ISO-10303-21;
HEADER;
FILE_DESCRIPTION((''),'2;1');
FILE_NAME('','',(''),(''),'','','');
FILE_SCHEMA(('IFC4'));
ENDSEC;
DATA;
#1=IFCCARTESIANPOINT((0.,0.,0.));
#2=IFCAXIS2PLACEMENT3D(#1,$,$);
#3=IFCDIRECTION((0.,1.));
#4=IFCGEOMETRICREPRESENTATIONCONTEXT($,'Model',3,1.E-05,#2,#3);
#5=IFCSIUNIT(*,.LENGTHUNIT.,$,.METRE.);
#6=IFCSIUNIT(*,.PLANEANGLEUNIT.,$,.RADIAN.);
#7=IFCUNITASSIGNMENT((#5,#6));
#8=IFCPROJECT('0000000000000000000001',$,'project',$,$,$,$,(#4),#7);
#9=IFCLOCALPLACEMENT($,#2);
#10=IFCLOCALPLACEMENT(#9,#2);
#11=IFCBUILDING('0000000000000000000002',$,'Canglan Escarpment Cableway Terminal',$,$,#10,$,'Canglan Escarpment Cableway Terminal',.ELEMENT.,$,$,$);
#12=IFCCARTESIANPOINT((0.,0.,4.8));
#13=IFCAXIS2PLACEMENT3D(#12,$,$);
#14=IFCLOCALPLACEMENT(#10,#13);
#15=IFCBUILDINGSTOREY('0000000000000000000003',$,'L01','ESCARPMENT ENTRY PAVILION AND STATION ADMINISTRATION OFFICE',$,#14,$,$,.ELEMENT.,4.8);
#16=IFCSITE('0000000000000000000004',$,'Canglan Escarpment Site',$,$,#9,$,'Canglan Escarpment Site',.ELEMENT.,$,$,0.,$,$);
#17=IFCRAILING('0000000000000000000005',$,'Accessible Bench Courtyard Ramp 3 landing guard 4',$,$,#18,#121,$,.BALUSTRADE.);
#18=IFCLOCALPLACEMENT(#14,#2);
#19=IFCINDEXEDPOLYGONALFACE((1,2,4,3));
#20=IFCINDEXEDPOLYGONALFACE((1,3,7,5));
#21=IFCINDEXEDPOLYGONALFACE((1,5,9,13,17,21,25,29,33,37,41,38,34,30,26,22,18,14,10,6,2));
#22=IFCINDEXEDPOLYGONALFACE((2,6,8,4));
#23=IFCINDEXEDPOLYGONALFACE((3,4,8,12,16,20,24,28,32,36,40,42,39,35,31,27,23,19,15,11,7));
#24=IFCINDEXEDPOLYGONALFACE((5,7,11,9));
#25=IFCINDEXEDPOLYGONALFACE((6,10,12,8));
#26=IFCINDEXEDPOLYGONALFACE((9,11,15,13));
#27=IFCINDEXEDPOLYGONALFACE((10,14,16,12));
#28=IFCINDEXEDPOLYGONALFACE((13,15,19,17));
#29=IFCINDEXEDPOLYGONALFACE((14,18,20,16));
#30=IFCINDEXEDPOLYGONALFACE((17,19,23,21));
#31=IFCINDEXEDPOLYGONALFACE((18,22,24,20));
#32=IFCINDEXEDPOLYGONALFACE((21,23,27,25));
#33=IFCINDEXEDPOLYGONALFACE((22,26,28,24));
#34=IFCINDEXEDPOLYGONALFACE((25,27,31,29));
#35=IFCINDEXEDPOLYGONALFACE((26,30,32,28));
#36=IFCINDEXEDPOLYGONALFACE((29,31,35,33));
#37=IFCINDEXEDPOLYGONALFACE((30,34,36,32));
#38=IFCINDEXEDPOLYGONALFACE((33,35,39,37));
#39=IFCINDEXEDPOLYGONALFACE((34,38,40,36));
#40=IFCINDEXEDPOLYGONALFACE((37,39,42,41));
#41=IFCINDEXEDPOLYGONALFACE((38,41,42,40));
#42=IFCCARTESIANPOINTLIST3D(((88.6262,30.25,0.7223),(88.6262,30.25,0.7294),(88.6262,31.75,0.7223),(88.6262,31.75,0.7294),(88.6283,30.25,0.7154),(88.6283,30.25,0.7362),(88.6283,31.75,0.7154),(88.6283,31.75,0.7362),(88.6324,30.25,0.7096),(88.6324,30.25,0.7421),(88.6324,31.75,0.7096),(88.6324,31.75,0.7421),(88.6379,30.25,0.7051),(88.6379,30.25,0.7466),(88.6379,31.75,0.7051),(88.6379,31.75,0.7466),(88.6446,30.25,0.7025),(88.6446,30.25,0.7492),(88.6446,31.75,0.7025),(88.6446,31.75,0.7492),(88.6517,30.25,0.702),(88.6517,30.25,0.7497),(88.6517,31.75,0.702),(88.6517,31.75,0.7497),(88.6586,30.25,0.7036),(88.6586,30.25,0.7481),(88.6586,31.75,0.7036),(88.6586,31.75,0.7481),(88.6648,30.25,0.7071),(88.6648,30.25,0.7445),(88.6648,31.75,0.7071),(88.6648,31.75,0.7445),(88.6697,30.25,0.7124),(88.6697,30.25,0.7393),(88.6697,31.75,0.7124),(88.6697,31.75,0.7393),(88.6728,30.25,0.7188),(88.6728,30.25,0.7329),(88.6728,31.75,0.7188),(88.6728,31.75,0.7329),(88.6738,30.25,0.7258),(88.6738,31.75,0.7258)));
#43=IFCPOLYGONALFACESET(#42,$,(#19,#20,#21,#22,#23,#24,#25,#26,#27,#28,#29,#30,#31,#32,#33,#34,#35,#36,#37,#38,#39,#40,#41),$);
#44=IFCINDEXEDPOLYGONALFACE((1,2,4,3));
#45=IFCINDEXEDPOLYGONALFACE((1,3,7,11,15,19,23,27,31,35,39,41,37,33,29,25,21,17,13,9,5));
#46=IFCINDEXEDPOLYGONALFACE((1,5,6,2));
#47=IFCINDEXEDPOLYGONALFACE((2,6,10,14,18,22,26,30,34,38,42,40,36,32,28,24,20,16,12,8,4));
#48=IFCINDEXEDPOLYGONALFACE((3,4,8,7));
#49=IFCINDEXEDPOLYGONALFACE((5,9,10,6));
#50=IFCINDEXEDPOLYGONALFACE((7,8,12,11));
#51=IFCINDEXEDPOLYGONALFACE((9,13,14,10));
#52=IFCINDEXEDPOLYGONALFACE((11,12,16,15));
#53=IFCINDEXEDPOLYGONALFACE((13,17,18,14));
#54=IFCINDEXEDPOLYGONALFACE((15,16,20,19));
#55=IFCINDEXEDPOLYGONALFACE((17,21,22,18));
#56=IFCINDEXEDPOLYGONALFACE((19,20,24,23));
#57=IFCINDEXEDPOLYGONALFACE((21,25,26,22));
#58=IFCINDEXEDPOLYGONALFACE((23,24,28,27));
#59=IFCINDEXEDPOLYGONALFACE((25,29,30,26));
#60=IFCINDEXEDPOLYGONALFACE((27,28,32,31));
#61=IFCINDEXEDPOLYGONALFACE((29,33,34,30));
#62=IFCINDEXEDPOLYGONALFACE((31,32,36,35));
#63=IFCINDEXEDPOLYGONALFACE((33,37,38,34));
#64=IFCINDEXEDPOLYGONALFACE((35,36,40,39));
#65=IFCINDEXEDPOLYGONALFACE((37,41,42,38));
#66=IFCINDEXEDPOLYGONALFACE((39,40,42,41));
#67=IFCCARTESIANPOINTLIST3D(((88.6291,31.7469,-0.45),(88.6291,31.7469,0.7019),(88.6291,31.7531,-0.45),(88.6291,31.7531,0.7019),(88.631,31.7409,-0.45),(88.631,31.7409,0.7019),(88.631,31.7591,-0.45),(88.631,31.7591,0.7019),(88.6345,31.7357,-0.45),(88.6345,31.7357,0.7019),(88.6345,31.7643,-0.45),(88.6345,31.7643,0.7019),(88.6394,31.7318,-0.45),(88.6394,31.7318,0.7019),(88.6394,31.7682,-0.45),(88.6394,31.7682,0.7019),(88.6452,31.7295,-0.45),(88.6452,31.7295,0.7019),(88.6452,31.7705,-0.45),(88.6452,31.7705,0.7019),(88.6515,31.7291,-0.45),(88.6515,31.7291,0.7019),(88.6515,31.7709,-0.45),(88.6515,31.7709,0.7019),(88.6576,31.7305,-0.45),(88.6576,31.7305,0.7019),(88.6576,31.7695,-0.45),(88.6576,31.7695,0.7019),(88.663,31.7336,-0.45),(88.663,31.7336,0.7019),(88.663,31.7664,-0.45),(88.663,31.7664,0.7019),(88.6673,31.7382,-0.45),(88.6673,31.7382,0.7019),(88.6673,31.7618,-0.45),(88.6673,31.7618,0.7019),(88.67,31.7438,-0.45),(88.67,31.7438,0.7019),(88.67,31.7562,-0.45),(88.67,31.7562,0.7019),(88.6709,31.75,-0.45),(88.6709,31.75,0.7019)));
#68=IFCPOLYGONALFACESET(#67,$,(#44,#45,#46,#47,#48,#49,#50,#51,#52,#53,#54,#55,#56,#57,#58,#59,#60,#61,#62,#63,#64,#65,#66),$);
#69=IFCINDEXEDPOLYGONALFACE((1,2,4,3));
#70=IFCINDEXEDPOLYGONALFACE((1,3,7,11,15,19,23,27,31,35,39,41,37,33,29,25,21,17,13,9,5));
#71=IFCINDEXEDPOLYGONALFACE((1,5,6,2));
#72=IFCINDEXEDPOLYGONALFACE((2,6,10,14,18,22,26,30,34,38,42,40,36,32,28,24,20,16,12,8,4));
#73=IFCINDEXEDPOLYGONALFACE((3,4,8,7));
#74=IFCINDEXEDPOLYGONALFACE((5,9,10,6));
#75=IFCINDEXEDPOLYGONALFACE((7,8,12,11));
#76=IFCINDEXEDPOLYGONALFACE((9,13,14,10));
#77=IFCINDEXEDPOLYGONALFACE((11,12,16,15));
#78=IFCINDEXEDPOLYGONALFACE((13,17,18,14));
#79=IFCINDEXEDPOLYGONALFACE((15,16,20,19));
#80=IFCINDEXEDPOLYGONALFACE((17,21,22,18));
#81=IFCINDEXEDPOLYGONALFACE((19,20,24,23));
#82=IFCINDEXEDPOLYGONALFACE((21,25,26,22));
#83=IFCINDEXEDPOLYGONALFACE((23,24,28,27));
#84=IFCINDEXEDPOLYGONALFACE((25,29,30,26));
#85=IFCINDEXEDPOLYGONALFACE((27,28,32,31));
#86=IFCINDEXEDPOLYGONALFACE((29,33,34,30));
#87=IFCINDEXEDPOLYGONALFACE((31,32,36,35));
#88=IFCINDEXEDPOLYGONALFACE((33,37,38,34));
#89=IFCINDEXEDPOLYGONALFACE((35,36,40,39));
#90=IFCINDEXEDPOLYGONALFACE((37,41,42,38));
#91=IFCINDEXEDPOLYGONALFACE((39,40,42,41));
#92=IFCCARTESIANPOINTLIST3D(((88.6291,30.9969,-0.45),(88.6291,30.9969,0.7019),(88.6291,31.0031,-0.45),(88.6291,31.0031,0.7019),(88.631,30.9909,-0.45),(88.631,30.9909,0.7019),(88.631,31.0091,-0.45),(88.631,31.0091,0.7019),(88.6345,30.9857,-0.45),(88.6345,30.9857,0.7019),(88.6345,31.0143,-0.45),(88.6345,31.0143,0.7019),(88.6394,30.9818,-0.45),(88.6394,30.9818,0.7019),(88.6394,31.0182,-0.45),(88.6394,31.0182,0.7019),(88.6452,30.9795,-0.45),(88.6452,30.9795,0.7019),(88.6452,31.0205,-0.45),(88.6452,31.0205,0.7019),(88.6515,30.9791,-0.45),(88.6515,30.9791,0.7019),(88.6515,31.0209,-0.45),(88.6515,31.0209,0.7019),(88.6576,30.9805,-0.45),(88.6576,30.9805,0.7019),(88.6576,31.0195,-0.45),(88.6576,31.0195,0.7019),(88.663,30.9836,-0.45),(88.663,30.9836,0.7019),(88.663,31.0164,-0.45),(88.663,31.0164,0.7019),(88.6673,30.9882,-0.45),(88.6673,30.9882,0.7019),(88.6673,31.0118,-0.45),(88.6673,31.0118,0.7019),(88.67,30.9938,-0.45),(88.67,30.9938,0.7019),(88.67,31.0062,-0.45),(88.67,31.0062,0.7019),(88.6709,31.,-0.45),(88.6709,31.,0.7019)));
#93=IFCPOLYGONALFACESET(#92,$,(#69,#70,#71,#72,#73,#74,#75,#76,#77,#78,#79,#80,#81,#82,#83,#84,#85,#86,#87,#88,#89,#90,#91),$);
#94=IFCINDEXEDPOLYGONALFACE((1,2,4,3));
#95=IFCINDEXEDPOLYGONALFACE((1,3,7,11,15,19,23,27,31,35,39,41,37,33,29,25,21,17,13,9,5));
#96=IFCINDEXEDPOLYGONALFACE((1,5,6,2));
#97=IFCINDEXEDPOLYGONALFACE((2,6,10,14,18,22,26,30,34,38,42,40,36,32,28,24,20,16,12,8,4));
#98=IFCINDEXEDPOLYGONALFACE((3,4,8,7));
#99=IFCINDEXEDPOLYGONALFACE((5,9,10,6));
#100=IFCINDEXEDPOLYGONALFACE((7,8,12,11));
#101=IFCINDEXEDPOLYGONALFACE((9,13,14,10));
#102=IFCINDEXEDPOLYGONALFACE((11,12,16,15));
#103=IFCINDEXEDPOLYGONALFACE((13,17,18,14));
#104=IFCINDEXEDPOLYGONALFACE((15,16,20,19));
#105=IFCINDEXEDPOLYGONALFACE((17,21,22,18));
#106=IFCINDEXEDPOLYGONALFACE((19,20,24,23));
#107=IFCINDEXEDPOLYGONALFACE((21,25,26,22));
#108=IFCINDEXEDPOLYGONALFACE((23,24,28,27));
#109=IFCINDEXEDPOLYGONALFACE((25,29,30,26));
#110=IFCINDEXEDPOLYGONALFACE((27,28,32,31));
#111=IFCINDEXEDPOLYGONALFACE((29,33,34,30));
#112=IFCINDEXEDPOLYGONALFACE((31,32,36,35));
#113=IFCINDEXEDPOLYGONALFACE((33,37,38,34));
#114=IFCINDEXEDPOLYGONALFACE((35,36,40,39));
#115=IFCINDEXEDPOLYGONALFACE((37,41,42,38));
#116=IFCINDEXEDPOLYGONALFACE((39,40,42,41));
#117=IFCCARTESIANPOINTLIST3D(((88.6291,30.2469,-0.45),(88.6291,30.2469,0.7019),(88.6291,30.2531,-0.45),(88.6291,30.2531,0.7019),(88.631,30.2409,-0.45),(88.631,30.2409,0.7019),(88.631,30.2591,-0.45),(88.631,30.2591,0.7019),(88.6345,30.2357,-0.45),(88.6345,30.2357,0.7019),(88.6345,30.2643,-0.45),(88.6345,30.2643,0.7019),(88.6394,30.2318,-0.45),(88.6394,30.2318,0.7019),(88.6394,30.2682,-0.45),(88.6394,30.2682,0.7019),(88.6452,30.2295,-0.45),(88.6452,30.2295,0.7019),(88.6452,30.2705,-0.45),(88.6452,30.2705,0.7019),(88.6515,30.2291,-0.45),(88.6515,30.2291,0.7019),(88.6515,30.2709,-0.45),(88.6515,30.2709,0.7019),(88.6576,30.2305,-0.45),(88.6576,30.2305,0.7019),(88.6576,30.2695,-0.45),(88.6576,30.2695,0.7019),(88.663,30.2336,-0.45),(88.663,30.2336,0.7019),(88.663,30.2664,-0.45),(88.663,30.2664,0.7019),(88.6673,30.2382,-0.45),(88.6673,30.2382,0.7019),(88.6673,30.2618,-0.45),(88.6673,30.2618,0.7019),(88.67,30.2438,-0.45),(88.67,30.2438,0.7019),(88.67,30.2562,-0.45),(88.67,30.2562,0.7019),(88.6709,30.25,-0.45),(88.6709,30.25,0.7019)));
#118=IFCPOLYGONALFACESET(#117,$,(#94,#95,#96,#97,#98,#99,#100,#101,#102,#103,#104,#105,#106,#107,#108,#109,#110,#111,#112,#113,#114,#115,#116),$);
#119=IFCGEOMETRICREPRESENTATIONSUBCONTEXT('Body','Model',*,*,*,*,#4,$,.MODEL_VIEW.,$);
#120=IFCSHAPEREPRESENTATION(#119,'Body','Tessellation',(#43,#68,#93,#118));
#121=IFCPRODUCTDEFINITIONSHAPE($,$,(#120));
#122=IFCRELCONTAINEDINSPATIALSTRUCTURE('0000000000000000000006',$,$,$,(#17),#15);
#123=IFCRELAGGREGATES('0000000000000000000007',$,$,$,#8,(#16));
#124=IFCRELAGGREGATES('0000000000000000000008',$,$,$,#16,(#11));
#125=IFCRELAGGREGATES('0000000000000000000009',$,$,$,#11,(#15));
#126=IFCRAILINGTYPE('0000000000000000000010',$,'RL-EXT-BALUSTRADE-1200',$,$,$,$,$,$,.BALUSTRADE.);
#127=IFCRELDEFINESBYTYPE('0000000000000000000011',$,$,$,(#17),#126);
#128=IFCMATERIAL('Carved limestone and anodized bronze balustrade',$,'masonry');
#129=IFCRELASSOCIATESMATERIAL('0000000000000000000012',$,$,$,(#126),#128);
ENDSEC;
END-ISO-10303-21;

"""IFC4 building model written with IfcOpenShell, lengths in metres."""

from ifc_helpers import new_model, si_unit, direction, frame, origin, origin_2d, place, context, subcontext, project, spatial, circle, extrude, material, type_object, element, save


model = new_model("IFC4")

# Units and contexts
model_context = context("Model", 3, precision=1e-05, world=origin(), true_north=direction((0.0, 1.0)))
body_context = subcontext(model_context, "Body", "Model", "MODEL_VIEW")
ifc_project = project(units=[si_unit("LENGTHUNIT", "METRE"), si_unit("PLANEANGLEUNIT", "RADIAN")], contexts=[model_context])

# Site, building, storey
site_placement = place(None, origin())
site = spatial("IfcSite", under=ifc_project, at=site_placement, Name="Canglan Escarpment Site", LongName="Canglan Escarpment Site", CompositionType="ELEMENT", RefElevation=0.0)
building_placement = place(site_placement, origin())
building = spatial("IfcBuilding", under=site, at=building_placement, Name="Canglan Escarpment Cableway Terminal", LongName="Canglan Escarpment Cableway Terminal", CompositionType="ELEMENT")
storey_placement = place(building_placement, frame((0.0, 0.0, 4.8)))
storey = spatial("IfcBuildingStorey", under=building, at=storey_placement, Name="L01", Description="ESCARPMENT ENTRY PAVILION AND STATION ADMINISTRATION OFFICE", CompositionType="ELEMENT", Elevation=4.8)

# Railing
ifc_material_1 = material(Name="Carved limestone and anodized bronze balustrade", Category="masonry")
railing_type_1 = type_object("IfcRailingType", Name="RL-EXT-BALUSTRADE-1200", PredefinedType="BALUSTRADE", material=ifc_material_1)
railing_1_placement = place(storey_placement, frame((88.6499, 31.75, -0.45)))
element("IfcRailing", 1, at=railing_1_placement, inside=storey, type_object=railing_type_1, Name="Accessible Bench Courtyard Ramp 3 landing guard 4", PredefinedType="BALUSTRADE", context=body_context, shape_type="SweptSolid", body=[
    extrude(circle(Radius=0.0239, at=origin_2d()), frame((0.0, 0.0, 1.1758), z_axis=(0.0, -1.0, 0.0), x_axis=(1.0, 0.0, 0.0)), (0.0, 0.0, 1.0), 1.5),
    extrude(circle(Radius=0.021, at=origin_2d()), origin(), (0.0, 0.0, 1.0), 1.1519),
    extrude(circle(Radius=0.021, at=origin_2d()), frame((0.0, -0.75, 0.0)), (0.0, 0.0, 1.0), 1.1519),
    extrude(circle(Radius=0.021, at=origin_2d()), frame((0.0, -1.5, 0.0)), (0.0, 0.0, 1.0), 1.1519),
])

save(model, "model.ifc")
